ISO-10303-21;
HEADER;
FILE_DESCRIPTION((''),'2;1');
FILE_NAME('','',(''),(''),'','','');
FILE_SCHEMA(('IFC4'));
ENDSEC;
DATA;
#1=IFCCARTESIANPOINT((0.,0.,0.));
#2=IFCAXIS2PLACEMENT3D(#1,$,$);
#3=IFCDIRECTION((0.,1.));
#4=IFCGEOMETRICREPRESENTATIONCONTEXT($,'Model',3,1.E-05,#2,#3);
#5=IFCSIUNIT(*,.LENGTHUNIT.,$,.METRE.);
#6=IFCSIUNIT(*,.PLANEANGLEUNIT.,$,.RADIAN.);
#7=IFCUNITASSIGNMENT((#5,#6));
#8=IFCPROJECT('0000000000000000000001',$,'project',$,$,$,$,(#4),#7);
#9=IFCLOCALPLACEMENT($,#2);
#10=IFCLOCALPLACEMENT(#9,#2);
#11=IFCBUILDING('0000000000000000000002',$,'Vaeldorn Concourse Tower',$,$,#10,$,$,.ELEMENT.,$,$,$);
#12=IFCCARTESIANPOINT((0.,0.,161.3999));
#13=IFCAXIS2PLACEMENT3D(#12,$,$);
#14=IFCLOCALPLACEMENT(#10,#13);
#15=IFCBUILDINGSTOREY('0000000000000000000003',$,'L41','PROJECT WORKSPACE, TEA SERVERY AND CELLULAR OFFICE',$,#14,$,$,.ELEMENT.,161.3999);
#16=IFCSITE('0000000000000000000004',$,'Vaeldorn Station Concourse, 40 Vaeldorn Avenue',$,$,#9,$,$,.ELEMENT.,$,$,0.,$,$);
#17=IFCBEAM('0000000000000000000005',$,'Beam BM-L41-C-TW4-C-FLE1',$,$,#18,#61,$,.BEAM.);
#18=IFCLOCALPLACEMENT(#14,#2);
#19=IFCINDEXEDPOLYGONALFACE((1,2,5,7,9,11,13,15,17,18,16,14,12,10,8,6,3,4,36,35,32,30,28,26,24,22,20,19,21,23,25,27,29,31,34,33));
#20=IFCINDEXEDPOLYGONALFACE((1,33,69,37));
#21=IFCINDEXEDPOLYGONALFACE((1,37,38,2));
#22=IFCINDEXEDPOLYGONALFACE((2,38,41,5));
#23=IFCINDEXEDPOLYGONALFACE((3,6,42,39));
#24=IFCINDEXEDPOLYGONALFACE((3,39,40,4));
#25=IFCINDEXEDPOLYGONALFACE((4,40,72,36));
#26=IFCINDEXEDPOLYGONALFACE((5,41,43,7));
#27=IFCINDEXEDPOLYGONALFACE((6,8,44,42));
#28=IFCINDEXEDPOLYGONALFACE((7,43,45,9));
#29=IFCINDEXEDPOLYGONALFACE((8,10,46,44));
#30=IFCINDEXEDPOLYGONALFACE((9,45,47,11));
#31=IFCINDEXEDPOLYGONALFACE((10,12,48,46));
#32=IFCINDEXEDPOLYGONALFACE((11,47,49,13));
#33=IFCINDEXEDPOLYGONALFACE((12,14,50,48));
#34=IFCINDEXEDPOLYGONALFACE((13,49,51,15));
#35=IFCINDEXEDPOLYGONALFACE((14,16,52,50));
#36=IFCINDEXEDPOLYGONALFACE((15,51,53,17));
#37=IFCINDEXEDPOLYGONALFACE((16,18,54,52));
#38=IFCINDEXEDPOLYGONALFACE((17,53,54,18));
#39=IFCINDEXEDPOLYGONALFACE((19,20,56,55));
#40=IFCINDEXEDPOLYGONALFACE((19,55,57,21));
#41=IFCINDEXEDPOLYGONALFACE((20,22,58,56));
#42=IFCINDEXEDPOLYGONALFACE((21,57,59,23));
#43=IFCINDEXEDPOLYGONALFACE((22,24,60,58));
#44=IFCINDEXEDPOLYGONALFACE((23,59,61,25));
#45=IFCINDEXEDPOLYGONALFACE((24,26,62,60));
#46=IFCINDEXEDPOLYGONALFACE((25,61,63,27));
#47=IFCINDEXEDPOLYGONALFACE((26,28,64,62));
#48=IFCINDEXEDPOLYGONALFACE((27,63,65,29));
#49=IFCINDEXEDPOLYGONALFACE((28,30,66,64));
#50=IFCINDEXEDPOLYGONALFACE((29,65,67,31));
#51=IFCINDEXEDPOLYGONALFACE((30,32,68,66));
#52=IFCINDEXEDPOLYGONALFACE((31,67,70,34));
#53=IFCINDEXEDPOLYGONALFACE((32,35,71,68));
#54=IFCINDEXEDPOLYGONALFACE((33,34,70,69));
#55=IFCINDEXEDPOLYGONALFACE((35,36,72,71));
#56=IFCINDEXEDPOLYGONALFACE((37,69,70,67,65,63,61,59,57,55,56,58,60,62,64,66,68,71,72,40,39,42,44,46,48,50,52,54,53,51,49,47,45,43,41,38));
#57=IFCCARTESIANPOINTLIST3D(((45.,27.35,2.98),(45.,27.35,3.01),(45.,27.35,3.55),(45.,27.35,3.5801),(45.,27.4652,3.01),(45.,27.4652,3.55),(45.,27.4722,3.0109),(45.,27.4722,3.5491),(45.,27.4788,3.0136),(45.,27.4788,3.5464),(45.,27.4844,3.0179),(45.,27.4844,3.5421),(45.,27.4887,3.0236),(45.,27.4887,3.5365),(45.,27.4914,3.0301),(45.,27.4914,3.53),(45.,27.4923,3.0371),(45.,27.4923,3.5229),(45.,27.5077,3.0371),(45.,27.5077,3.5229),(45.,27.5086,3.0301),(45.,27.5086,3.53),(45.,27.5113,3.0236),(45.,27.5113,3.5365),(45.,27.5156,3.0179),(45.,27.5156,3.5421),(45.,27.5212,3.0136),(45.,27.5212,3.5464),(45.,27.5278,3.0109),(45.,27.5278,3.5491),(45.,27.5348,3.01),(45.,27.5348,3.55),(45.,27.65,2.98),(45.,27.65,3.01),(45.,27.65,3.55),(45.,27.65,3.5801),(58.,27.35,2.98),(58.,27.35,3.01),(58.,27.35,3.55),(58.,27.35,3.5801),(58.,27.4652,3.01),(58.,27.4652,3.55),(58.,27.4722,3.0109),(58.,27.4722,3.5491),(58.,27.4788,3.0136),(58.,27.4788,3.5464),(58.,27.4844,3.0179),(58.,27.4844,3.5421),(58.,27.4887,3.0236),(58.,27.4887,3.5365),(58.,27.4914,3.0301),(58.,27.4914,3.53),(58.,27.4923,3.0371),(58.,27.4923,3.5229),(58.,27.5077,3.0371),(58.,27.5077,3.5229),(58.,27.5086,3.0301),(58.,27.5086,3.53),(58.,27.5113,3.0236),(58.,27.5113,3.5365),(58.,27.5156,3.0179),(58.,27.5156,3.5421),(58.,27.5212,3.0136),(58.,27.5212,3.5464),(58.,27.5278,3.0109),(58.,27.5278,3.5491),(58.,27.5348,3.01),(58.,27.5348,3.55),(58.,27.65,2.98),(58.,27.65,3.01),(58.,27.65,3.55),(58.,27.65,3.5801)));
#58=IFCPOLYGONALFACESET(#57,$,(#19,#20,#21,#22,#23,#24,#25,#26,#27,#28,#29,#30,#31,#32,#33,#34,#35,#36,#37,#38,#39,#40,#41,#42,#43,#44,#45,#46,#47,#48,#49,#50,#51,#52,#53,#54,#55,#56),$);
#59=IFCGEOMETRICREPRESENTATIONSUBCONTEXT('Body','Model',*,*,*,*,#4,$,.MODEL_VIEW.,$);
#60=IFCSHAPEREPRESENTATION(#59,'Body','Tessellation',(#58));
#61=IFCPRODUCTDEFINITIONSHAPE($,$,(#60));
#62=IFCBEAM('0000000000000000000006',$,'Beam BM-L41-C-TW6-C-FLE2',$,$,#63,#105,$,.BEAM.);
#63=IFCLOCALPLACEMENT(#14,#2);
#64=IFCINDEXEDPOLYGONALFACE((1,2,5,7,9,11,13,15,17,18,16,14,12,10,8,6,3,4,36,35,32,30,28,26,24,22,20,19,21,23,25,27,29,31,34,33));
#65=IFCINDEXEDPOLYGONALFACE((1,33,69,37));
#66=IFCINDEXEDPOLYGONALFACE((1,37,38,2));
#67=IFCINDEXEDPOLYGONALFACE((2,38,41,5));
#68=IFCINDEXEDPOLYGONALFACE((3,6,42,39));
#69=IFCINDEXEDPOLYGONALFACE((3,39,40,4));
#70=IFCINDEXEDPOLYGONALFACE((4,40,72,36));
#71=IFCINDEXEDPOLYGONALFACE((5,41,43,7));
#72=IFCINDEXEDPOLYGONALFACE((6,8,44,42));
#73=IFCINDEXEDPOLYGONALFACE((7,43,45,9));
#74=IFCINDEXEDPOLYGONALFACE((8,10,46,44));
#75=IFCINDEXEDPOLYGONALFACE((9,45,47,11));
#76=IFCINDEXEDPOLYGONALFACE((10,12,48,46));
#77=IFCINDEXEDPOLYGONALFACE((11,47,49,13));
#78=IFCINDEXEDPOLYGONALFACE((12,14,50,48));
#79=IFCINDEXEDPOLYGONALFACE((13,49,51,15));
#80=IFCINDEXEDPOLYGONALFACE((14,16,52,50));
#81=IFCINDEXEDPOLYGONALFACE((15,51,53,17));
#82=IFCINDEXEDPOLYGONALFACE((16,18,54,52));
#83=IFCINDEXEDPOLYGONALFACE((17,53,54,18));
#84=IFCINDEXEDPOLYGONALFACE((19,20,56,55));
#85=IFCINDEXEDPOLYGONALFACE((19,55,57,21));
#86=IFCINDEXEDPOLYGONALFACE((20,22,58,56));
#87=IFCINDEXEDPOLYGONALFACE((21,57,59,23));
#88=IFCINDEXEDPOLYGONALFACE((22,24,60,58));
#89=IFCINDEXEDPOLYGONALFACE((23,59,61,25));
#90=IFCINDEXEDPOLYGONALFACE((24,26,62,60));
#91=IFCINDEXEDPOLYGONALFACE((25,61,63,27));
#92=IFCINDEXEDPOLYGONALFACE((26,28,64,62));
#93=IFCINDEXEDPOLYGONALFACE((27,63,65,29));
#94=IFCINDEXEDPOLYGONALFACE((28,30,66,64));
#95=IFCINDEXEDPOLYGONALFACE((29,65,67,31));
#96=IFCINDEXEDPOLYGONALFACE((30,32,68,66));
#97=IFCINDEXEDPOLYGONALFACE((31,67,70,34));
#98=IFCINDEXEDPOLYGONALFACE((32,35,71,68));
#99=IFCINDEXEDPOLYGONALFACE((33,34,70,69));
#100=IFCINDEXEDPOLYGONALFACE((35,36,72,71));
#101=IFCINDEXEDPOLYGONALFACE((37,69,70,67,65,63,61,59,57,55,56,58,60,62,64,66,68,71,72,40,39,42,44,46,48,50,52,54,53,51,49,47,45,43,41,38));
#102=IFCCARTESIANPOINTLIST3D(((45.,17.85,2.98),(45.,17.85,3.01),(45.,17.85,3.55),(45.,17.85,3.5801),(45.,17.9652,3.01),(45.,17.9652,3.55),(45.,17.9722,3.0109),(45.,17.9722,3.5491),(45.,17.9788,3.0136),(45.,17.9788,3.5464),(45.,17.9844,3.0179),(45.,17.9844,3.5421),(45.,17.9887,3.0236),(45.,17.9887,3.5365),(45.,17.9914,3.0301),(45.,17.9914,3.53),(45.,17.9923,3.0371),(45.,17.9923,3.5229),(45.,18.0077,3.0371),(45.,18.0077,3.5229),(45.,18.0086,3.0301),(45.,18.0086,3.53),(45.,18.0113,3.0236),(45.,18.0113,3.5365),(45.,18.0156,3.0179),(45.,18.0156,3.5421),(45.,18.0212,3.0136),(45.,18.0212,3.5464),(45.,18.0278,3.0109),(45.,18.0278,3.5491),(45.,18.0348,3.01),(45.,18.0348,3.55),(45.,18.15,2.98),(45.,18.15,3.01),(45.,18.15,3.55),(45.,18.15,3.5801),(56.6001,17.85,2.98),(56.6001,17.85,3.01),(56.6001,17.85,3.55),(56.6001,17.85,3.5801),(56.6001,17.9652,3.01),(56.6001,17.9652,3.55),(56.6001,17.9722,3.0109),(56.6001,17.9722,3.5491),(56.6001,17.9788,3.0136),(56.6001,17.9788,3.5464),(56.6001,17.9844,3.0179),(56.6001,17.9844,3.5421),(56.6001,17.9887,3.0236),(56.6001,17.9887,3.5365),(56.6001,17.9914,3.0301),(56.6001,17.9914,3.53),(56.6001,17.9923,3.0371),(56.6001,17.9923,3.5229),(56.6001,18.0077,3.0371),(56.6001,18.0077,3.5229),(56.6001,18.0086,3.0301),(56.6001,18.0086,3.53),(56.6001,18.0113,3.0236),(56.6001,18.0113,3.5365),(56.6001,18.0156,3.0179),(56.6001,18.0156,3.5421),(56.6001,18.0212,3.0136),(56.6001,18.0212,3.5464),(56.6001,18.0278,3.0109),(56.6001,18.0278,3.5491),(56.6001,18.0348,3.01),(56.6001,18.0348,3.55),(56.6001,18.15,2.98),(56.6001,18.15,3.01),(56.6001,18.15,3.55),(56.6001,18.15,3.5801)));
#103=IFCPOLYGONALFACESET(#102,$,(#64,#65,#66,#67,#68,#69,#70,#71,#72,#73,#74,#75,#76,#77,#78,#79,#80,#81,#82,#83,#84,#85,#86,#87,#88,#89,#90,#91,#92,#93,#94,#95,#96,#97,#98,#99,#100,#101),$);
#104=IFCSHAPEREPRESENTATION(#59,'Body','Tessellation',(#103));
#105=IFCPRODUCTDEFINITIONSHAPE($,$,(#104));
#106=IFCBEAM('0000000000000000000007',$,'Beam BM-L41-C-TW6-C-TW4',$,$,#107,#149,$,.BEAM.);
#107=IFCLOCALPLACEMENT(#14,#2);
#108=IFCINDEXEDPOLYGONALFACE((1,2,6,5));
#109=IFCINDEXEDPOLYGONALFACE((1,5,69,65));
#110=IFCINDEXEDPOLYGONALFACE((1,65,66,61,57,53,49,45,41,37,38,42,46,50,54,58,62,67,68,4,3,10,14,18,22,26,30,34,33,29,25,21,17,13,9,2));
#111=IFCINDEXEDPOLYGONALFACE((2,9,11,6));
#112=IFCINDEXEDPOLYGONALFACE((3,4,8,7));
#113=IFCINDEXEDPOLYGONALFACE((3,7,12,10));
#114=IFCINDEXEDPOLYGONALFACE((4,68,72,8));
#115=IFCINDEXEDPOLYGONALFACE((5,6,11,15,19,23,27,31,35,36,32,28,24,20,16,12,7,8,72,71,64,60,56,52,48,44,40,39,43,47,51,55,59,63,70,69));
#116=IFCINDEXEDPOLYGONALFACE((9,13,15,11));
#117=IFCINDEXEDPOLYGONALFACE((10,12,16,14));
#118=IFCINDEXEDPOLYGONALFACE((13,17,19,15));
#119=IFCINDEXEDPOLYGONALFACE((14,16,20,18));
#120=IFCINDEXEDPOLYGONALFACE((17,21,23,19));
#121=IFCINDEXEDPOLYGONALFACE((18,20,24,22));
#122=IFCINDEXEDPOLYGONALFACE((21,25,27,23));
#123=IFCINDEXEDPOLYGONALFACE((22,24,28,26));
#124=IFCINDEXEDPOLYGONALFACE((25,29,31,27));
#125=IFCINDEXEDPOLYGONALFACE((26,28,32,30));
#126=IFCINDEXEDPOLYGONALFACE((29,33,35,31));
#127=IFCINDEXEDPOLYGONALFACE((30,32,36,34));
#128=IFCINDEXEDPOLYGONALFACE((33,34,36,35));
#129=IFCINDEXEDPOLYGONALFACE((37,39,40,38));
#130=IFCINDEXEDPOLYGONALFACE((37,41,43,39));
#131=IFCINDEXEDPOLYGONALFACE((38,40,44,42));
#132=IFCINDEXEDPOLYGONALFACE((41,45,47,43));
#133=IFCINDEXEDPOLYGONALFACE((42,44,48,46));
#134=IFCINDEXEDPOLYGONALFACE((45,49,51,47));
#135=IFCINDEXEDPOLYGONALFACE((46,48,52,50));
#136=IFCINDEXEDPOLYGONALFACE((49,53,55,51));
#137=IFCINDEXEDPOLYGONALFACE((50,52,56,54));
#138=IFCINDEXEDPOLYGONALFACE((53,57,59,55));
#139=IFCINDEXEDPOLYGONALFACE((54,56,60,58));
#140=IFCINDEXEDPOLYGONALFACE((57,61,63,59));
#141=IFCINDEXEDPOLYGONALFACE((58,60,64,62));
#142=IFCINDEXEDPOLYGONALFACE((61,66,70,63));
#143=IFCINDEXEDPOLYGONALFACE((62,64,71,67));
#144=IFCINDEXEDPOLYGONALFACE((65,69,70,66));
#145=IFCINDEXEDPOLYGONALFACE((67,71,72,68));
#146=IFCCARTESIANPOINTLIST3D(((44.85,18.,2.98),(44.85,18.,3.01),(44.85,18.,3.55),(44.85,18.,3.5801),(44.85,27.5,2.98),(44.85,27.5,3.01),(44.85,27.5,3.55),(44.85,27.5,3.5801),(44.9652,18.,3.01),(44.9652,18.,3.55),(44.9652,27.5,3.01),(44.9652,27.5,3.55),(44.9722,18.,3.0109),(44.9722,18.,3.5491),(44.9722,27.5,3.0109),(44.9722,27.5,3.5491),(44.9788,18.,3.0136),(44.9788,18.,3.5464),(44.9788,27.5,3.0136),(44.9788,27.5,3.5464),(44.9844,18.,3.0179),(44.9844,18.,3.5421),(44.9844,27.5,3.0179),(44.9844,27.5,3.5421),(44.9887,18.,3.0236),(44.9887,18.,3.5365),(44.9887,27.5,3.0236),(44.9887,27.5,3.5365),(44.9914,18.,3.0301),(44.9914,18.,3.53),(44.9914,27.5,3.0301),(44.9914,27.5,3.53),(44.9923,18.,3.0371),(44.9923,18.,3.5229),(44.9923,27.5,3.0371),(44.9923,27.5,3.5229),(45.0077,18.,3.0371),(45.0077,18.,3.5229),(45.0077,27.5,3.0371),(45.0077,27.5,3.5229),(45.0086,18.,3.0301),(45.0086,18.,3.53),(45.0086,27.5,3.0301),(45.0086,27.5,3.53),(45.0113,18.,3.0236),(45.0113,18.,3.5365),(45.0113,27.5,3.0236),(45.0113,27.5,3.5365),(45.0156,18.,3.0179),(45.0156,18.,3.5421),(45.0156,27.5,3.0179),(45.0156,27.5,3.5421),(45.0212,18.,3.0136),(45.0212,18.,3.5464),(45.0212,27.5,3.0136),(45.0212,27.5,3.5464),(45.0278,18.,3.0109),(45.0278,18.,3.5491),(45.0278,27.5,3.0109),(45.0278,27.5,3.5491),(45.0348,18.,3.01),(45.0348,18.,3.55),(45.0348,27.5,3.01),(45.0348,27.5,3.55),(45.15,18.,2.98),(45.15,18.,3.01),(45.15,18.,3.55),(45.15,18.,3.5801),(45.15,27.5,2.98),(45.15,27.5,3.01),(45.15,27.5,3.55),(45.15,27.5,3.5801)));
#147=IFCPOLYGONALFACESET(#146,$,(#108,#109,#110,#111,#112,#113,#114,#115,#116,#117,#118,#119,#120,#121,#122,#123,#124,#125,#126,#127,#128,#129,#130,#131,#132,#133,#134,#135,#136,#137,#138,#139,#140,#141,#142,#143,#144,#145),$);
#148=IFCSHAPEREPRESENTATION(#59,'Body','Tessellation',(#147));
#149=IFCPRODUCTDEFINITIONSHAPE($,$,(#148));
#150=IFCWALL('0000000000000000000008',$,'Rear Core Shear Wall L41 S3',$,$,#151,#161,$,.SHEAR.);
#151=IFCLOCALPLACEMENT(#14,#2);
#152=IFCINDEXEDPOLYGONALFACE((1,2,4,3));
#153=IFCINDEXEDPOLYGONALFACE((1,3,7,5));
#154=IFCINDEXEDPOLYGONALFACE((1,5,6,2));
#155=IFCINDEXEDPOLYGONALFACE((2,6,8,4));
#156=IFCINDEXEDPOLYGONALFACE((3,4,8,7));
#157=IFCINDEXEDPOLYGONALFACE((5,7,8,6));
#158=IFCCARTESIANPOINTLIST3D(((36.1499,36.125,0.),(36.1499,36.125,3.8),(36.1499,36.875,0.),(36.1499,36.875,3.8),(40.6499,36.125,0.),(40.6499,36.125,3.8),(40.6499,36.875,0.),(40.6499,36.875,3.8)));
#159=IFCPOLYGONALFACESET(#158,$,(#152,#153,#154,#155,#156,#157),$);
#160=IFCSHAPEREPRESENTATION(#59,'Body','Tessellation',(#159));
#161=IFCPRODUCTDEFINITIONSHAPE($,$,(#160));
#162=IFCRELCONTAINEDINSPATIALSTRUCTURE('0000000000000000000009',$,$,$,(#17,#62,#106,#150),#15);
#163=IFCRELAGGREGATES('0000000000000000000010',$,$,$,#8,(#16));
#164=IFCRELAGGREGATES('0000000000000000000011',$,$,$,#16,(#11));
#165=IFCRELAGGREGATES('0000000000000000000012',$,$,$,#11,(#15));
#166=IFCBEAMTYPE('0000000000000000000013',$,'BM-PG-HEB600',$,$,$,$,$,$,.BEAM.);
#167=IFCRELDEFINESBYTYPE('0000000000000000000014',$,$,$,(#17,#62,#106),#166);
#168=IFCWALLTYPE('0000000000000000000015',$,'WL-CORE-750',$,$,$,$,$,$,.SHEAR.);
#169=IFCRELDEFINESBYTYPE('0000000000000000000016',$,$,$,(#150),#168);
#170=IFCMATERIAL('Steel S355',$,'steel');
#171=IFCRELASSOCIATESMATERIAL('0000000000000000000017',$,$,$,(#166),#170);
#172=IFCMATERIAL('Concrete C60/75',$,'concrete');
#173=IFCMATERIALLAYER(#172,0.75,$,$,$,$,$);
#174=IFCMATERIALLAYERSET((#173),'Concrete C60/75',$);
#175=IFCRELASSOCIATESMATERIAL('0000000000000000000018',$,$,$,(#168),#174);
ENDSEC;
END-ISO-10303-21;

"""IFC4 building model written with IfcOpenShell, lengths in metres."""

from ifc_helpers import new_model, si_unit, direction, frame, frame_2d, origin, origin_2d, place, context, subcontext, project, spatial, rectangle, i_section, extrude, source, transform, mapped, material, layer, layer_set, material_profile, profile_set, type_object, element, save


model = new_model("IFC4")

# Units and contexts
model_context = context("Model", 3, precision=1e-05, world=origin(), true_north=direction((0.0, 1.0)))
body_context = subcontext(model_context, "Body", "Model", "MODEL_VIEW")
ifc_project = project(units=[si_unit("LENGTHUNIT", "METRE"), si_unit("PLANEANGLEUNIT", "RADIAN")], contexts=[model_context])

# Site, building, storey
site_placement = place(None, origin())
site = spatial("IfcSite", under=ifc_project, at=site_placement, Name="Vaeldorn Station Concourse, 40 Vaeldorn Avenue", CompositionType="ELEMENT", RefElevation=0.0)
building_placement = place(site_placement, origin())
building = spatial("IfcBuilding", under=site, at=building_placement, Name="Vaeldorn Concourse Tower", CompositionType="ELEMENT")
storey_placement = place(building_placement, frame((0.0, 0.0, 161.3999)))
storey = spatial("IfcBuildingStorey", under=building, at=storey_placement, Name="L41", Description="PROJECT WORKSPACE, TEA SERVERY AND CELLULAR OFFICE", CompositionType="ELEMENT", Elevation=161.3999)

# Beams
ifc_material_1 = material(Name="Steel S355", Category="steel")
ifc_material_profile_1 = material_profile(ifc_material_1, i_section(OverallWidth=0.3, OverallDepth=0.6001, WebThickness=0.0154, FlangeThickness=0.03, FilletRadius=0.0271, at=origin_2d()), Name="HEB 600")
ifc_profile_set_1 = profile_set([ifc_material_profile_1], Name="Steel S355")
beam_type_1 = type_object("IfcBeamType", Name="BM-PG-HEB600", PredefinedType="BEAM", material=ifc_profile_set_1)
shared_shape_1 = source(origin(), body_context, "Body", "SweptSolid", [
    extrude(i_section(OverallWidth=0.3, OverallDepth=0.6001, WebThickness=0.0154, FlangeThickness=0.03, FilletRadius=0.0271, at=origin_2d()), origin(), (0.0, 0.0, 1.0), 13.0),
])
beam_1_placement = place(storey_placement, frame((45.0, 27.5, 3.28), z_axis=(1.0, 0.0, 0.0), x_axis=(0.0, 1.0, 0.0)))
element("IfcBeam", 1, at=beam_1_placement, inside=storey, type_object=beam_type_1, Name="Beam BM-L41-C-TW4-C-FLE1", PredefinedType="BEAM", context=body_context, shape_type="MappedRepresentation", body=[
    mapped(shared_shape_1, transform((0.0, 0.0, 0.0), scale=1.0)),
])
shared_shape_2 = source(origin(), body_context, "Body", "SweptSolid", [
    extrude(i_section(OverallWidth=0.3, OverallDepth=0.6001, WebThickness=0.0154, FlangeThickness=0.03, FilletRadius=0.0271, at=origin_2d()), origin(), (0.0, 0.0, 1.0), 11.6001),
])
beam_2_placement = place(storey_placement, frame((45.0, 18.0, 3.28), z_axis=(1.0, 0.0, 0.0), x_axis=(0.0, 1.0, 0.0)))
element("IfcBeam", 2, at=beam_2_placement, inside=storey, type_object=beam_type_1, Name="Beam BM-L41-C-TW6-C-FLE2", PredefinedType="BEAM", context=body_context, shape_type="MappedRepresentation", body=[
    mapped(shared_shape_2, transform((0.0, 0.0, 0.0), scale=1.0)),
])
shared_shape_3 = source(origin(), body_context, "Body", "SweptSolid", [
    extrude(i_section(OverallWidth=0.3, OverallDepth=0.6001, WebThickness=0.0154, FlangeThickness=0.03, FilletRadius=0.0271, at=origin_2d()), origin(), (0.0, 0.0, 1.0), 9.5),
])
beam_3_placement = place(storey_placement, frame((45.0, 18.0, 3.28), z_axis=(0.0, 1.0, 0.0), x_axis=(-1.0, 0.0, 0.0)))
element("IfcBeam", 3, at=beam_3_placement, inside=storey, type_object=beam_type_1, Name="Beam BM-L41-C-TW6-C-TW4", PredefinedType="BEAM", context=body_context, shape_type="MappedRepresentation", body=[
    mapped(shared_shape_3, transform((0.0, 0.0, 0.0), scale=1.0)),
])

# Wall
ifc_material_2 = material(Name="Concrete C60/75", Category="concrete")
ifc_layer_1 = layer(ifc_material_2, 0.75)
ifc_layer_set_1 = layer_set([ifc_layer_1], Name="Concrete C60/75")
wall_type_1 = type_object("IfcWallType", Name="WL-CORE-750", PredefinedType="SHEAR", material=ifc_layer_set_1)
wall_1_placement = place(storey_placement, frame((36.1499, 36.5, 0.0), z_axis=(0.0, 0.0, 1.0), x_axis=(1.0, 0.0, 0.0)))
element("IfcWall", 4, at=wall_1_placement, inside=storey, type_object=wall_type_1, Name="Rear Core Shear Wall L41 S3", PredefinedType="SHEAR", context=body_context, shape_type="SweptSolid", body=[
    extrude(rectangle(XDim=4.5, YDim=0.75, at=frame_2d((2.25, 0.0))), origin(), (0.0, 0.0, 1.0), 3.8),
])

save(model, "model.ifc")
